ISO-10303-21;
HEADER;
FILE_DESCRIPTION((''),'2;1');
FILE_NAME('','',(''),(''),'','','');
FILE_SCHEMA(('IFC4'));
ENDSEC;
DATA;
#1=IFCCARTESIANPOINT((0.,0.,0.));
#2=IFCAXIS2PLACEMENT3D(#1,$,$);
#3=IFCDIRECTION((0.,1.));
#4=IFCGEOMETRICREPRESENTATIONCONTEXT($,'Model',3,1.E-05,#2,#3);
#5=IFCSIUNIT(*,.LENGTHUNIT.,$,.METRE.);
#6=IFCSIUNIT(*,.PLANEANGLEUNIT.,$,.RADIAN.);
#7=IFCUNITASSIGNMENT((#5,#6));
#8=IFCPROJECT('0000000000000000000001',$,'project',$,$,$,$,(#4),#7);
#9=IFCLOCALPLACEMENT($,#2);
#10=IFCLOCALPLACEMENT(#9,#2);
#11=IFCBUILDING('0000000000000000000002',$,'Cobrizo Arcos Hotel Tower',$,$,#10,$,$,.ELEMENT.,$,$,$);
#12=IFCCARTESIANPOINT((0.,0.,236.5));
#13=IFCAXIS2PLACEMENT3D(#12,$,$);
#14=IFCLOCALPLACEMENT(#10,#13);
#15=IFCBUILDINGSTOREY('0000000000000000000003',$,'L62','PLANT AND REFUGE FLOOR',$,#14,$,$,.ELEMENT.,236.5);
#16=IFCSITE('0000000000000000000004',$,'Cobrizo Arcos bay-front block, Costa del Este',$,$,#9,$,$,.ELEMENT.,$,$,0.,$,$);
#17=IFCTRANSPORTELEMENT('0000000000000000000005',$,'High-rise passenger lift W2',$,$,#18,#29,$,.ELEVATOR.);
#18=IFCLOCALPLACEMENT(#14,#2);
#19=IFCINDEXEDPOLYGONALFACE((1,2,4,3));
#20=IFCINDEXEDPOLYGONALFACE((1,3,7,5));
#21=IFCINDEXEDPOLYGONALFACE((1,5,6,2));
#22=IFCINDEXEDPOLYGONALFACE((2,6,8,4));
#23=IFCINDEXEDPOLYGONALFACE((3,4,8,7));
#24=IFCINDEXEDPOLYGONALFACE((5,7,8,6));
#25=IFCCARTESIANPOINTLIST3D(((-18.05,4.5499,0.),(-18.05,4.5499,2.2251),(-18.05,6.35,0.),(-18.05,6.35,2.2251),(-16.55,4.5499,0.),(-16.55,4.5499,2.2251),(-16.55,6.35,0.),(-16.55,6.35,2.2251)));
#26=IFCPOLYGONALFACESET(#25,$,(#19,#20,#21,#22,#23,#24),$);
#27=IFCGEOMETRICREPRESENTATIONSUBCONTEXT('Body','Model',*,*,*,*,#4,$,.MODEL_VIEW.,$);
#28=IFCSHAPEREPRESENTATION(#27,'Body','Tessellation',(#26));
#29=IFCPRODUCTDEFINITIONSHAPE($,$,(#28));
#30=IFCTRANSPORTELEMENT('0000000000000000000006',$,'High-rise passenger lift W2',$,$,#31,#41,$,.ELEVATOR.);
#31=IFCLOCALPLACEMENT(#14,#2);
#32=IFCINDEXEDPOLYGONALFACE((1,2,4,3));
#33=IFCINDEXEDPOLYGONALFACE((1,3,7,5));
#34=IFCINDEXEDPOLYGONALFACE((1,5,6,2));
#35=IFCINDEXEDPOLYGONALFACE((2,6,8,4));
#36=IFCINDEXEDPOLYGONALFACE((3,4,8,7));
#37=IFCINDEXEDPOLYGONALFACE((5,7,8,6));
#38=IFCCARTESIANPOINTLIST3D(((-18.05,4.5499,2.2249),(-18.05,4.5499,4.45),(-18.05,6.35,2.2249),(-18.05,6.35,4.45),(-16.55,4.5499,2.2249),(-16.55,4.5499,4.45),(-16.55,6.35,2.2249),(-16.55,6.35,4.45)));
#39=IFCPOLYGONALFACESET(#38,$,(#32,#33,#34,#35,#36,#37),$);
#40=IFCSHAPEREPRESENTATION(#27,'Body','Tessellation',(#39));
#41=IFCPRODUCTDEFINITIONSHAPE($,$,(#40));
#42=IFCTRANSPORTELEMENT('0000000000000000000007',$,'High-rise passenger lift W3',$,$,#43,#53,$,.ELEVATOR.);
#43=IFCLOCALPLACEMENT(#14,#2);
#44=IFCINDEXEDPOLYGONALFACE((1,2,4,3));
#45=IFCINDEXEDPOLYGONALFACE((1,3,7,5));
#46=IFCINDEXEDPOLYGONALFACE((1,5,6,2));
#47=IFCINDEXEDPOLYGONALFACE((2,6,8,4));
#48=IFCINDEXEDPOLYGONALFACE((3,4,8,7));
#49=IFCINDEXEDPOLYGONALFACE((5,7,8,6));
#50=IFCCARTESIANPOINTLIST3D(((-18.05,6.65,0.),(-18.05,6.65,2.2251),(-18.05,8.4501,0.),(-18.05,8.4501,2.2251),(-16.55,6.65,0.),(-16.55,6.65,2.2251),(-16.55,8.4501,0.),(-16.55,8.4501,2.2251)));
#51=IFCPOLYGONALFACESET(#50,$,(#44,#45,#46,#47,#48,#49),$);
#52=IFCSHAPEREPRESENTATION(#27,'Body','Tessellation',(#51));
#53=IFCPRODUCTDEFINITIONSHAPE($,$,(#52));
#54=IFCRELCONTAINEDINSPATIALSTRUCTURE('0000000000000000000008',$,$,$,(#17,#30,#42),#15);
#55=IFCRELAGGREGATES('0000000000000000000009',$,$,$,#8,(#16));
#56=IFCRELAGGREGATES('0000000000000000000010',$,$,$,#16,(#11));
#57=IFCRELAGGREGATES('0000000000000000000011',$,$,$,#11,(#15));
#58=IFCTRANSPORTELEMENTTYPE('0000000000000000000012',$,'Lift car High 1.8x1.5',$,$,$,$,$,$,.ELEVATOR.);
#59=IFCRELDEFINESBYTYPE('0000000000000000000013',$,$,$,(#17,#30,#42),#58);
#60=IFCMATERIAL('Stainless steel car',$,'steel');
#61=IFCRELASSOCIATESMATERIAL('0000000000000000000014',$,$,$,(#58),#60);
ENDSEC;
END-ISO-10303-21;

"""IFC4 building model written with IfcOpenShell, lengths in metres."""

from ifc_helpers import new_model, si_unit, direction, frame, origin, origin_2d, place, context, subcontext, project, spatial, rectangle, extrude, material, type_object, element, save


model = new_model("IFC4")

# Units and contexts
model_context = context("Model", 3, precision=1e-05, world=origin(), true_north=direction((0.0, 1.0)))
body_context = subcontext(model_context, "Body", "Model", "MODEL_VIEW")
ifc_project = project(units=[si_unit("LENGTHUNIT", "METRE"), si_unit("PLANEANGLEUNIT", "RADIAN")], contexts=[model_context])

# Site, building, storey
site_placement = place(None, origin())
site = spatial("IfcSite", under=ifc_project, at=site_placement, Name="Cobrizo Arcos bay-front block, Costa del Este", CompositionType="ELEMENT", RefElevation=0.0)
building_placement = place(site_placement, origin())
building = spatial("IfcBuilding", under=site, at=building_placement, Name="Cobrizo Arcos Hotel Tower", CompositionType="ELEMENT")
storey_placement = place(building_placement, frame((0.0, 0.0, 236.5)))
storey = spatial("IfcBuildingStorey", under=building, at=storey_placement, Name="L62", Description="PLANT AND REFUGE FLOOR", CompositionType="ELEMENT", Elevation=236.5)

# Transport elements
ifc_material_1 = material(Name="Stainless steel car", Category="steel")
transport_element_type = type_object("IfcTransportElementType", Name="Lift car High 1.8x1.5", PredefinedType="ELEVATOR", material=ifc_material_1)
for number, where, z_axis, x_axis, name in (
    (1, (-17.3, 5.45, 0.0), (0.0, 0.0, 1.0), (1.0, 0.0, 0.0), "High-rise passenger lift W2"),
    (2, (-17.3, 5.45, 2.2249), (0.0, 0.0, 1.0), (1.0, 0.0, 0.0), "High-rise passenger lift W2"),
    (3, (-17.3, 7.55, 0.0), (0.0, 0.0, 1.0), (1.0, 0.0, 0.0), "High-rise passenger lift W3"),
):
    element("IfcTransportElement", number, at=place(storey_placement, frame(where, z_axis=z_axis, x_axis=x_axis)), inside=storey, type_object=transport_element_type, Name=name, PredefinedType="ELEVATOR", context=body_context, shape_type="SweptSolid", body=[
        extrude(rectangle(XDim=1.5, YDim=1.8, at=origin_2d()), origin(), (0.0, 0.0, 1.0), 2.2251),
    ])

save(model, "model.ifc")
